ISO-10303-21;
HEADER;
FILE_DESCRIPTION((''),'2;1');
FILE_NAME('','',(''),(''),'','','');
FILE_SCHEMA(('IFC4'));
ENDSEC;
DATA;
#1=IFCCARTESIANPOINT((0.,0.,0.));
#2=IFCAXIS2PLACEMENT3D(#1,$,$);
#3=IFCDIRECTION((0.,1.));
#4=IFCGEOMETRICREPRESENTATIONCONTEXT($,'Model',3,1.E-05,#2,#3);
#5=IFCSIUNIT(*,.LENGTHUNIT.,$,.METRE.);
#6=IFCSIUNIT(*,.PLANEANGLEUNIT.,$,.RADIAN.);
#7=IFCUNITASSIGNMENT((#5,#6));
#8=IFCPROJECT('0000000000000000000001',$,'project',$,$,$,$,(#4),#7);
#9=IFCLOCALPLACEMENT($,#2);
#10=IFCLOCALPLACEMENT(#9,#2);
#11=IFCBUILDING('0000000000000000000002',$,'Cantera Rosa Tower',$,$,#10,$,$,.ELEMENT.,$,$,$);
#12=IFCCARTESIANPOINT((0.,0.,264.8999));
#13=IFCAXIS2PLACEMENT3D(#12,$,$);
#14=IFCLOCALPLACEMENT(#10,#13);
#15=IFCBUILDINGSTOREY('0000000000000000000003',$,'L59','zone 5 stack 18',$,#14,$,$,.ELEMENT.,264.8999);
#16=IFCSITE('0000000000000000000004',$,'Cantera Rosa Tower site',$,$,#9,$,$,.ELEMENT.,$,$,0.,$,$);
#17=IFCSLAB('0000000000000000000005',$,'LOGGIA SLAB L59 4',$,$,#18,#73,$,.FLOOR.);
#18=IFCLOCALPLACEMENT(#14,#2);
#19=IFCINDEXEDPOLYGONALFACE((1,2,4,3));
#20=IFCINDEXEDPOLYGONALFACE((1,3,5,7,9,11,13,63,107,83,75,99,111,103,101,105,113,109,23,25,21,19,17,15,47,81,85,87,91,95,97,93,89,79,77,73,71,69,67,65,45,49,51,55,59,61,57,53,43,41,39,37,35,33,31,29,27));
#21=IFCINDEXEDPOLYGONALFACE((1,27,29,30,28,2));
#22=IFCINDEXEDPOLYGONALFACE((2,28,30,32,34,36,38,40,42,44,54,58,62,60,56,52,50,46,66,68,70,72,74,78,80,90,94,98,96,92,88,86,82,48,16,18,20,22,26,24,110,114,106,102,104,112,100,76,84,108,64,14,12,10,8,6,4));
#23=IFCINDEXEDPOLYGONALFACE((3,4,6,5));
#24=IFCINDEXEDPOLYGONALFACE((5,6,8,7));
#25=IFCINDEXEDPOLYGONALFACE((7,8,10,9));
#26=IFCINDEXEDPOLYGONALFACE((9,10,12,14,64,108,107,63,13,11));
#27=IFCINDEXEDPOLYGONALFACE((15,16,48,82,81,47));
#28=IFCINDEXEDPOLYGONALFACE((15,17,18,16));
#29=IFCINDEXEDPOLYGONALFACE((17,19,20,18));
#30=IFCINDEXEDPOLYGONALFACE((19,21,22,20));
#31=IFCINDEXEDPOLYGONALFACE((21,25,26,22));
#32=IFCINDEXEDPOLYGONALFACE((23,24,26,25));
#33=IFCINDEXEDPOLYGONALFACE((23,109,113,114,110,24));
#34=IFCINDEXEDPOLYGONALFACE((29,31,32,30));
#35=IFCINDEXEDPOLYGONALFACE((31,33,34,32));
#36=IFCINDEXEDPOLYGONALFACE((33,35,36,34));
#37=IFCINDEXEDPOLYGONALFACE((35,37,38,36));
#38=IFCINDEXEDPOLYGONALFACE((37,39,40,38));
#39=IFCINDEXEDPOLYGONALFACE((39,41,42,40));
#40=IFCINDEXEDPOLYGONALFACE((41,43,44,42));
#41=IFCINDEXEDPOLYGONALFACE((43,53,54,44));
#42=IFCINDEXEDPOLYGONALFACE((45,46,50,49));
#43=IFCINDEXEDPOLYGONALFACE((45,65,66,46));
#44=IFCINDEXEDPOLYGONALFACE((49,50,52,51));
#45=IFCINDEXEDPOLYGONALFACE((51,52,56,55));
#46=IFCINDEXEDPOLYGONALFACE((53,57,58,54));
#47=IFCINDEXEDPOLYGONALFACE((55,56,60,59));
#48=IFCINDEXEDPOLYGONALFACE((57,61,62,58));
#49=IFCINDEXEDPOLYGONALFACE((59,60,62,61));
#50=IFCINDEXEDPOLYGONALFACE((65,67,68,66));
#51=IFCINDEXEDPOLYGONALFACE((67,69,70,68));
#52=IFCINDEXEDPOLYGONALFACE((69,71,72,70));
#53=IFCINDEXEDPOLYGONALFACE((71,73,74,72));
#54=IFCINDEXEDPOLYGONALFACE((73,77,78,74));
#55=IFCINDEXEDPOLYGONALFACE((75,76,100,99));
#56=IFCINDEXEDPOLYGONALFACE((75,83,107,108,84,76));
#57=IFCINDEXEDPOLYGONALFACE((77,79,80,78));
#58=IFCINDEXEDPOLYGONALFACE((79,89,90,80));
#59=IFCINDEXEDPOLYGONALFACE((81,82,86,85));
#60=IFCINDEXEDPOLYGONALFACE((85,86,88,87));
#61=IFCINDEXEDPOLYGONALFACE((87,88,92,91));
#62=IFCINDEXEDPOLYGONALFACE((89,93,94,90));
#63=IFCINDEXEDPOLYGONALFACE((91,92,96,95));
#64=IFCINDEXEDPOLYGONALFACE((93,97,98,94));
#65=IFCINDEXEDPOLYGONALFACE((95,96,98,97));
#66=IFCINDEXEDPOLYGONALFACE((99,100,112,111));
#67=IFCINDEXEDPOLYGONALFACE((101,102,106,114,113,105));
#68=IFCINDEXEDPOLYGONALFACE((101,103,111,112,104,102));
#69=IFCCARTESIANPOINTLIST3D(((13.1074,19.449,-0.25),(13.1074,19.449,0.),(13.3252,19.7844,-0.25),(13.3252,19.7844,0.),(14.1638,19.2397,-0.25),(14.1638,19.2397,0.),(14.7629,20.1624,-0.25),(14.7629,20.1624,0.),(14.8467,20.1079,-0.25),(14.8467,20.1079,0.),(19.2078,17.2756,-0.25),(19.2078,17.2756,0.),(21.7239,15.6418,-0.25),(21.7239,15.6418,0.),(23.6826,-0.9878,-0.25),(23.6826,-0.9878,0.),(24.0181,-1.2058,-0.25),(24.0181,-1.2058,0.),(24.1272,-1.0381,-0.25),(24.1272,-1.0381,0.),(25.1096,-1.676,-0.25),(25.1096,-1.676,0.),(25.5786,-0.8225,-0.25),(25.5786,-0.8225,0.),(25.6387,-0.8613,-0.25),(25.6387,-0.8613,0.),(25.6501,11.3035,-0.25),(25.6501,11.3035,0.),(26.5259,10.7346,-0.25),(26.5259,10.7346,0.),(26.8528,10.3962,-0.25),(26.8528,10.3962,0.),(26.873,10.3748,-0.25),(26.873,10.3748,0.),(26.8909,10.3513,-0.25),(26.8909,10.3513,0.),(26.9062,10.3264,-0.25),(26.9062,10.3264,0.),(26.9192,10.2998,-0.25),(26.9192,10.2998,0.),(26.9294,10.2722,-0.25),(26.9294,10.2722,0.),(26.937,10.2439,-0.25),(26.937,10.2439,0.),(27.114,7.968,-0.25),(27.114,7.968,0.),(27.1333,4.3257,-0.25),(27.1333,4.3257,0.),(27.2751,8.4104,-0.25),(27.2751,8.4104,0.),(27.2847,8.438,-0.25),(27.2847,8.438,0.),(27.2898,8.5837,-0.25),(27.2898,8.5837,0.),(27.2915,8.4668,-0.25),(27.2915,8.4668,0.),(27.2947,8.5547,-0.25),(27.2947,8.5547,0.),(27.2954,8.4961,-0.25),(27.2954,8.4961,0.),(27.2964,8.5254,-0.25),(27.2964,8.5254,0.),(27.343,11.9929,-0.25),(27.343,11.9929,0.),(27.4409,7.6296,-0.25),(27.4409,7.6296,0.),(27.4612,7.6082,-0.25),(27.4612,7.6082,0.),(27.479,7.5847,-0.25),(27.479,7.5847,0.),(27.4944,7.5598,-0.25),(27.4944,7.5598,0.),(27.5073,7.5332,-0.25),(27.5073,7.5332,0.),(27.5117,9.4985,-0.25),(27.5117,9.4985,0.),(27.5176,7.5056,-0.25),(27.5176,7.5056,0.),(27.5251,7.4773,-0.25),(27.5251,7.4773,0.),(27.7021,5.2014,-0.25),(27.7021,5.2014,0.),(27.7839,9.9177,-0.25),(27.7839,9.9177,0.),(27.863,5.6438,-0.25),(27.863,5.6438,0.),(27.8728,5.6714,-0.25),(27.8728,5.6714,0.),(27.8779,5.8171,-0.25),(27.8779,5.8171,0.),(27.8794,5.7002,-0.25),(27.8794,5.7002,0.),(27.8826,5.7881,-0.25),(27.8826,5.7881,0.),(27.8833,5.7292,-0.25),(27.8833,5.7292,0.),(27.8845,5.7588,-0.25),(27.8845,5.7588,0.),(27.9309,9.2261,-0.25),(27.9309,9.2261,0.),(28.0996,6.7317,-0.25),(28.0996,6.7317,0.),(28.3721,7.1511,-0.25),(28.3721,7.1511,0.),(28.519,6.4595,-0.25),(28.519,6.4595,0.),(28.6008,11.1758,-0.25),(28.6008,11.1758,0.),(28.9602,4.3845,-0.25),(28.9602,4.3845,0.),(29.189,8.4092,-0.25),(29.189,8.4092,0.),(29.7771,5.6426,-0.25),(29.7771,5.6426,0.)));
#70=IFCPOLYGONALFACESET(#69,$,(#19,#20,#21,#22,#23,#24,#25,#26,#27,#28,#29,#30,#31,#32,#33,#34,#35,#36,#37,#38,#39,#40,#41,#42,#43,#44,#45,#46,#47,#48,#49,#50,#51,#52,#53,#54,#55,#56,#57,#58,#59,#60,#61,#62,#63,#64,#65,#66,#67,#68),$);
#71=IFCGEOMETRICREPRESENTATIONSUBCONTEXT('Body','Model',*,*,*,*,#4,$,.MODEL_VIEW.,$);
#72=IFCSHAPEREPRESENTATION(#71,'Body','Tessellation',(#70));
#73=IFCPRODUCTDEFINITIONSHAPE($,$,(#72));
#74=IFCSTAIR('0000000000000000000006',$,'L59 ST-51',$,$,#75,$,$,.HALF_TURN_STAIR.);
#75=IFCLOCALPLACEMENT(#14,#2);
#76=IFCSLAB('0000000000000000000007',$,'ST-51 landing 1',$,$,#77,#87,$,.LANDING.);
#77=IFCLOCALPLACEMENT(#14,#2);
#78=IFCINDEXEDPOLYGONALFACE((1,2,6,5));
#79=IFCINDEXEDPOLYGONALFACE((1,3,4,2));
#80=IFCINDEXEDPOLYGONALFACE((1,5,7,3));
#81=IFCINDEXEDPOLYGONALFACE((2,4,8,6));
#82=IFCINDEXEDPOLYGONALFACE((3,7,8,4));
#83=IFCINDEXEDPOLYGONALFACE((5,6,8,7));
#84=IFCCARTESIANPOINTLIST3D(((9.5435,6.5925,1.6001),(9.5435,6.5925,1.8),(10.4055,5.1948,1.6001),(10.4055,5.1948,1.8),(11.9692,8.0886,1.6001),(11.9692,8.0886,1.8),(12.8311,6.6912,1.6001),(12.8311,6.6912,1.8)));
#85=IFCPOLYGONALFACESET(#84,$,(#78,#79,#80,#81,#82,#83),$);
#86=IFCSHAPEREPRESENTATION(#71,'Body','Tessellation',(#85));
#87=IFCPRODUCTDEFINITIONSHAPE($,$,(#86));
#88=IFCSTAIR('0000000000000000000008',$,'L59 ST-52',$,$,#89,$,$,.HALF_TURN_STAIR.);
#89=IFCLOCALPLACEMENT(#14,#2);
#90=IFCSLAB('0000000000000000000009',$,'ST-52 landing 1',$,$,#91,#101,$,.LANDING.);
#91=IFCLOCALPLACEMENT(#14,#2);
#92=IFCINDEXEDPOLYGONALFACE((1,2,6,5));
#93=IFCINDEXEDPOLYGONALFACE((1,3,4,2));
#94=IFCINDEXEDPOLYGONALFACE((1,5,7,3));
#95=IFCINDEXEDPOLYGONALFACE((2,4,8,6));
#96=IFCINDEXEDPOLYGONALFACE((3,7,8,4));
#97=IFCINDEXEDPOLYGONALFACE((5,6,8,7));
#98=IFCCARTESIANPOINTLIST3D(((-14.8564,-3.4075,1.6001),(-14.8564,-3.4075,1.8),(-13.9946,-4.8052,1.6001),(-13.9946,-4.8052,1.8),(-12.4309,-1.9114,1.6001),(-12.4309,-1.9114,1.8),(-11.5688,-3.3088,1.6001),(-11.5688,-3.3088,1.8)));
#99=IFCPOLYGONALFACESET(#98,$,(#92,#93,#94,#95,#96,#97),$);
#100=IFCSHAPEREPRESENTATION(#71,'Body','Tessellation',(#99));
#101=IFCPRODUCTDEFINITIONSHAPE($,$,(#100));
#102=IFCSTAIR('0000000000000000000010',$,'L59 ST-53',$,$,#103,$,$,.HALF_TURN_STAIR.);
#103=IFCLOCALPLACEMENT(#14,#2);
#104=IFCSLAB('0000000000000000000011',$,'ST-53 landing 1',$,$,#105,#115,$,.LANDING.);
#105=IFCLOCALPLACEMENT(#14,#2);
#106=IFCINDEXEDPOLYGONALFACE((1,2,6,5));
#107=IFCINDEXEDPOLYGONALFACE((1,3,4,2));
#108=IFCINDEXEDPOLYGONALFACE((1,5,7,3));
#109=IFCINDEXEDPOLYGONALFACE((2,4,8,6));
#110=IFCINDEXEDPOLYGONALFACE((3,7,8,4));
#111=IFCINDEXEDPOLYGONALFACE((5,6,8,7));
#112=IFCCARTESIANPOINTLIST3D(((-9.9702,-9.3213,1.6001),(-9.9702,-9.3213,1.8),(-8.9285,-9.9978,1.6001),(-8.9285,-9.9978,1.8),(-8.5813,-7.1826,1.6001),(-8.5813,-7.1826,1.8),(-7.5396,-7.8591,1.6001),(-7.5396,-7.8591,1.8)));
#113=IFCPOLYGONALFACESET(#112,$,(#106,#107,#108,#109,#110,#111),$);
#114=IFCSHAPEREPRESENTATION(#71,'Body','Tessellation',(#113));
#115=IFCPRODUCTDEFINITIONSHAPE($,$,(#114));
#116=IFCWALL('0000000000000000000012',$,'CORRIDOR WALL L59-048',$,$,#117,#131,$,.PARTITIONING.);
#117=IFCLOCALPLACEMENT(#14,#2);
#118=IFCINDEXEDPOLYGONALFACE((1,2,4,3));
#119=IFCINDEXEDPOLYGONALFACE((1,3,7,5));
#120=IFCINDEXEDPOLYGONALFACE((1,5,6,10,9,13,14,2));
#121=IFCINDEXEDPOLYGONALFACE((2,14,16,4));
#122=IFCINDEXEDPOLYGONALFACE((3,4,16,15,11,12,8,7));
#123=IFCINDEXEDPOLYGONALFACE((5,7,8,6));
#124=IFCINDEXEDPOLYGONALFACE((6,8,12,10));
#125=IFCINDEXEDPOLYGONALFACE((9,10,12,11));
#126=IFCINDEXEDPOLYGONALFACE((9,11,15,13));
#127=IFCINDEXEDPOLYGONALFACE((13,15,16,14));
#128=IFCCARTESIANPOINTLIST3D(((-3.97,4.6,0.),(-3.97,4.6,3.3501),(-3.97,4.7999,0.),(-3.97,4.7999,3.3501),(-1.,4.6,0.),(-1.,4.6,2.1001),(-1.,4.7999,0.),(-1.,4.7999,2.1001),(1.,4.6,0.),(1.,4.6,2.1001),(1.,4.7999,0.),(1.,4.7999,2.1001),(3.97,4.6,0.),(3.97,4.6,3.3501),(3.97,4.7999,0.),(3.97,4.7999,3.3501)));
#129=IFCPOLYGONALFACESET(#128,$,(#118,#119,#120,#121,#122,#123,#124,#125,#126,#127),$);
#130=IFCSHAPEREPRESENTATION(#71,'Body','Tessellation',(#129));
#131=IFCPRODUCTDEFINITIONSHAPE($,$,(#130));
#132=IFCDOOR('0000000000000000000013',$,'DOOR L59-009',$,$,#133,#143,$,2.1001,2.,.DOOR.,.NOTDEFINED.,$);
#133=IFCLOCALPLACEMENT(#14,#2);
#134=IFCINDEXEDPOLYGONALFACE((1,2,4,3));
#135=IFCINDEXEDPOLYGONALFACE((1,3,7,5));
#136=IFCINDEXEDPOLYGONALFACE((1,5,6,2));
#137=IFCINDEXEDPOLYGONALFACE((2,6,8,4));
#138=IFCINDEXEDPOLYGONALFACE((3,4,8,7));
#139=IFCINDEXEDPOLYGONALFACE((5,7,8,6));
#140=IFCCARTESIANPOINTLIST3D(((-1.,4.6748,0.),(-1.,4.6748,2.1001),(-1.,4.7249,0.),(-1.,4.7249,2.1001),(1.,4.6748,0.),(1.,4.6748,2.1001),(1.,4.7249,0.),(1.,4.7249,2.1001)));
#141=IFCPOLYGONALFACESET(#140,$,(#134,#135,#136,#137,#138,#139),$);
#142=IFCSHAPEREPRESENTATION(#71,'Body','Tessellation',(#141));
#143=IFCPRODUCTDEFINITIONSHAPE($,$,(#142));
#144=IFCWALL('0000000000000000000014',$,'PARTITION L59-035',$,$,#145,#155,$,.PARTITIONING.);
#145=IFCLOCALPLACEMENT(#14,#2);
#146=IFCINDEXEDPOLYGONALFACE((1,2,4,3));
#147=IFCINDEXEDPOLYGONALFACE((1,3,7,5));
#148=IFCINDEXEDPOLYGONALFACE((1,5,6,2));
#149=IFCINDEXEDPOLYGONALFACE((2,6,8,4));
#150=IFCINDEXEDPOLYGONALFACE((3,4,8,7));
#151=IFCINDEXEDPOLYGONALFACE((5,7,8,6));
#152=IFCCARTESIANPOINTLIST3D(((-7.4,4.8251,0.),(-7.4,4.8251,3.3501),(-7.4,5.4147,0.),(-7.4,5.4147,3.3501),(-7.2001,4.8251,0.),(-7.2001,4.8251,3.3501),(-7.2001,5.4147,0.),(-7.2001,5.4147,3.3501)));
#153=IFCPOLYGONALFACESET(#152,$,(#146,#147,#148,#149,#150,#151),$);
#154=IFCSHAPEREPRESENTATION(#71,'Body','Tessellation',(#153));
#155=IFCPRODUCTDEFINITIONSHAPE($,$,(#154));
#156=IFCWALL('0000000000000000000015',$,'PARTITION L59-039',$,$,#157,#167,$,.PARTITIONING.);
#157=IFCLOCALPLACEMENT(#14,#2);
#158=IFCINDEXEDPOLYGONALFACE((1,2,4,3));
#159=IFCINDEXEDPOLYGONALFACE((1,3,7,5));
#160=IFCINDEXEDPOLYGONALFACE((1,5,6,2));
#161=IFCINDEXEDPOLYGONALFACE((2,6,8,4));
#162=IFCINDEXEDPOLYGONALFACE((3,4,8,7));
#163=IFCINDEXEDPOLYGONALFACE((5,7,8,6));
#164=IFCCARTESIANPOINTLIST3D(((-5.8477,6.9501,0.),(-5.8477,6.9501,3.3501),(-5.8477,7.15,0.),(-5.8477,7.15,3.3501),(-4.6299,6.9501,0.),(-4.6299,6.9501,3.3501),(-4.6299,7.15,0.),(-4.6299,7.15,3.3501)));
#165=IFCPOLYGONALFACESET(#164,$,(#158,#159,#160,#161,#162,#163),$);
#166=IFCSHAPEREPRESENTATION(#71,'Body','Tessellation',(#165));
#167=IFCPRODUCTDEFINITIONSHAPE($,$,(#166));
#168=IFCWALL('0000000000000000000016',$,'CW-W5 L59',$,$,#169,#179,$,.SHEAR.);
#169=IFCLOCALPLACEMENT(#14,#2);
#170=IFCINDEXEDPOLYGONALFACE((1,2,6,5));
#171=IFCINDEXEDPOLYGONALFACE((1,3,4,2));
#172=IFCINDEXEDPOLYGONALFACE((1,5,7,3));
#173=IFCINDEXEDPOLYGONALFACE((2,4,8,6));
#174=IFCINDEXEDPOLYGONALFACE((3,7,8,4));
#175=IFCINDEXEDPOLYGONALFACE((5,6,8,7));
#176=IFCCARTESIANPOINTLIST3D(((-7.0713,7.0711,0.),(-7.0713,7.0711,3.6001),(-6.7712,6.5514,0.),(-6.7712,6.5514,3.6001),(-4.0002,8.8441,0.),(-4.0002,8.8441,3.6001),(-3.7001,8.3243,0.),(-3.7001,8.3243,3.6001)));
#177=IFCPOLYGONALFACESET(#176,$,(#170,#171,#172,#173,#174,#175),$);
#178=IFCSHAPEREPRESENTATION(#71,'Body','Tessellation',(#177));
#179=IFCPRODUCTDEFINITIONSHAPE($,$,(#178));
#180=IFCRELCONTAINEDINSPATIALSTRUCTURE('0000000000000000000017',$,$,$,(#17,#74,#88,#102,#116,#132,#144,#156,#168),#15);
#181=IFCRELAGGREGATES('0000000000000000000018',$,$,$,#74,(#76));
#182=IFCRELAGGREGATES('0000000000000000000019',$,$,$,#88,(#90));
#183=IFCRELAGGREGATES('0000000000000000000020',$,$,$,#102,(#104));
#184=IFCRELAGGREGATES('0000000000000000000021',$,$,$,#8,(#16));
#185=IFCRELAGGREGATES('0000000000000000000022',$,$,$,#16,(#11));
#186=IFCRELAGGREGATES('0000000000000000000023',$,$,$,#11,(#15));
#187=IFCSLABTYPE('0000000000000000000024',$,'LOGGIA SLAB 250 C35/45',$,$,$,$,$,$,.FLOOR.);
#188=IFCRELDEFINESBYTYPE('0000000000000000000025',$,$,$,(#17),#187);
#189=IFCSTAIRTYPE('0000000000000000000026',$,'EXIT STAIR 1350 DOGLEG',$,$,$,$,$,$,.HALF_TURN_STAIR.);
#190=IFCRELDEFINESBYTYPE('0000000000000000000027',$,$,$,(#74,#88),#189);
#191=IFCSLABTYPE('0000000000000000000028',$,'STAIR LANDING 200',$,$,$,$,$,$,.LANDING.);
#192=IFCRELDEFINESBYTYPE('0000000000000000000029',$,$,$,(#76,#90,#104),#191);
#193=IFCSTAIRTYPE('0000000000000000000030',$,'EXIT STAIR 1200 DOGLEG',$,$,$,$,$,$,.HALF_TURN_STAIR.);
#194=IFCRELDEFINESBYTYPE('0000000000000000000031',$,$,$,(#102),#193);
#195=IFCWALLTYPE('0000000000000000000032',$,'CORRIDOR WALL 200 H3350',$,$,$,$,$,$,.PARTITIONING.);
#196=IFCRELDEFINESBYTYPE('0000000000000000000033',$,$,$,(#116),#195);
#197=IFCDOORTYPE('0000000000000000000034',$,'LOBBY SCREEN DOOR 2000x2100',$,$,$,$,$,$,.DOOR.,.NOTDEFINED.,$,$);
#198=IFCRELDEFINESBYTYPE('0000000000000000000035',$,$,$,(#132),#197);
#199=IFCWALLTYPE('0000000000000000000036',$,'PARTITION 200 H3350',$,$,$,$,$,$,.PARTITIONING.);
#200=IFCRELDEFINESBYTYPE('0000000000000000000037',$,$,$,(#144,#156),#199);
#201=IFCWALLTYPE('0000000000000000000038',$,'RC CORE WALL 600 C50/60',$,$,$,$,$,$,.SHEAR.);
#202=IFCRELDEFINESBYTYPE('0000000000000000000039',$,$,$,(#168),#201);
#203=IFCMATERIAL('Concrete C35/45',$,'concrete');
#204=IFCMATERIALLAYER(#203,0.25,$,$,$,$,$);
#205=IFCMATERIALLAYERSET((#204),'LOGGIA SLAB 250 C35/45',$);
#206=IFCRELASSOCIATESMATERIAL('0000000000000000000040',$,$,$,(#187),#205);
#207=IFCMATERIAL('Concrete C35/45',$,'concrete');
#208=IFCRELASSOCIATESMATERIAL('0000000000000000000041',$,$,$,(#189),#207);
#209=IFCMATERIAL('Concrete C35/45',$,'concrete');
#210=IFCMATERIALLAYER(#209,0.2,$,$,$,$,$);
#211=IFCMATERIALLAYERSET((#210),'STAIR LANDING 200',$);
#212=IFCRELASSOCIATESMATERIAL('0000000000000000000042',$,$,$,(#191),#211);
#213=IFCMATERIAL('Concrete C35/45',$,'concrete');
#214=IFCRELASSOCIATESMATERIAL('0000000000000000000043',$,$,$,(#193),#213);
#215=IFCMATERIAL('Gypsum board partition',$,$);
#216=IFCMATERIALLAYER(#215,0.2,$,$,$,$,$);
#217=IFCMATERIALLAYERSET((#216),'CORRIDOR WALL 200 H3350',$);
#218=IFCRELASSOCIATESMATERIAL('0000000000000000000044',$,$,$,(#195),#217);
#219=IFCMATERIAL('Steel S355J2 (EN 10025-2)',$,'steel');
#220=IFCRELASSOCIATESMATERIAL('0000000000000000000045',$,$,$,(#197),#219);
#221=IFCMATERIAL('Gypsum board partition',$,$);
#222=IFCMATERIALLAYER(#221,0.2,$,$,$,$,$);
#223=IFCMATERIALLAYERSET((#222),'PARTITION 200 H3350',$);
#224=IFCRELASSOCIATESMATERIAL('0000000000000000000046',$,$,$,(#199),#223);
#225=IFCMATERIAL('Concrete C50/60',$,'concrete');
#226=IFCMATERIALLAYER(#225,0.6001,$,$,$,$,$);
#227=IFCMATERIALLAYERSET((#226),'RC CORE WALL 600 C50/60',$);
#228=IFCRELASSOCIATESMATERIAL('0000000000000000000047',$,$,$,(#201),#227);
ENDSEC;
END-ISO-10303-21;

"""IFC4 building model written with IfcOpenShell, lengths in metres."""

from ifc_helpers import new_model, si_unit, direction, frame, frame_2d, origin, place, context, subcontext, project, spatial, polyline, rectangle, outline, extrude, material, layer, layer_set, type_object, element, fill, aggregate, save


model = new_model("IFC4")

# Units and contexts
model_context = context("Model", 3, precision=1e-05, world=origin(), true_north=direction((0.0, 1.0)))
body_context = subcontext(model_context, "Body", "Model", "MODEL_VIEW")
ifc_project = project(units=[si_unit("LENGTHUNIT", "METRE"), si_unit("PLANEANGLEUNIT", "RADIAN")], contexts=[model_context])

# Site, building, storey
site_placement = place(None, origin())
site = spatial("IfcSite", under=ifc_project, at=site_placement, Name="Cantera Rosa Tower site", CompositionType="ELEMENT", RefElevation=0.0)
building_placement = place(site_placement, origin())
building = spatial("IfcBuilding", under=site, at=building_placement, Name="Cantera Rosa Tower", CompositionType="ELEMENT")
storey_placement = place(building_placement, frame((0.0, 0.0, 264.8999)))
storey = spatial("IfcBuildingStorey", under=building, at=storey_placement, Name="L59", Description="zone 5 stack 18", CompositionType="ELEMENT", Elevation=264.8999)

# Slab
ifc_material_1 = material(Name="Concrete C35/45", Category="concrete")
ifc_layer_1 = layer(ifc_material_1, 0.25)
ifc_layer_set_1 = layer_set([ifc_layer_1], Name="LOGGIA SLAB 250 C35/45")
slab_type_1 = type_object("IfcSlabType", Name="LOGGIA SLAB 250 C35/45", PredefinedType="FLOOR", material=ifc_layer_set_1)
slab_1_placement = place(storey_placement, frame((0.0, 0.0, -0.25)))
element("IfcSlab", 1, at=slab_1_placement, inside=storey, type_object=slab_type_1, Name="LOGGIA SLAB L59 4", PredefinedType="FLOOR", context=body_context, shape_type="SweptSolid", body=[
    extrude(outline(polyline([(21.7239, 15.6418), (27.343, 11.9929), (28.6008, 11.1758), (27.7839, 9.9177), (27.5117, 9.4985), (27.9309, 9.2261), (29.189, 8.4092), (28.3721, 7.1511), (28.0996, 6.7317), (28.519, 6.4595), (29.7771, 5.6426), (28.9602, 4.3845), (25.5786, -0.8225), (25.6387, -0.8613), (25.1096, -1.676), (24.1272, -1.0381), (24.0181, -1.2058), (23.6826, -0.9878), (27.1333, 4.3257), (27.7021, 5.2014), (27.863, 5.6438), (27.8728, 5.6714), (27.8794, 5.7002), (27.8833, 5.7292), (27.8845, 5.7588), (27.8826, 5.7881), (27.8779, 5.8171), (27.5251, 7.4773), (27.5176, 7.5056), (27.5073, 7.5332), (27.4944, 7.5598), (27.479, 7.5847), (27.4612, 7.6082), (27.4409, 7.6296), (27.114, 7.968), (27.2751, 8.4104), (27.2847, 8.438), (27.2915, 8.4668), (27.2954, 8.4961), (27.2964, 8.5254), (27.2947, 8.5547), (27.2898, 8.5837), (26.937, 10.2439), (26.9294, 10.2722), (26.9192, 10.2998), (26.9062, 10.3264), (26.8909, 10.3513), (26.873, 10.3748), (26.8528, 10.3962), (26.5259, 10.7346), (25.6501, 11.3035), (13.1074, 19.449), (13.3252, 19.7844), (14.1638, 19.2397), (14.7629, 20.1624), (14.8467, 20.1079), (19.2078, 17.2756), (21.7239, 15.6418)])), origin(), (0.0, 0.0, 1.0), 0.25),
])

# Stairs, slabs
ifc_material_2 = material(Name="Concrete C35/45", Category="concrete")
stair_type_1 = type_object("IfcStairType", Name="EXIT STAIR 1350 DOGLEG", PredefinedType="HALF_TURN_STAIR", material=ifc_material_2)
stair_1_placement = place(storey_placement, origin())
stair_1 = element("IfcStair", 2, at=stair_1_placement, inside=storey, type_object=stair_type_1, Name="L59 ST-51", PredefinedType="HALF_TURN_STAIR")
ifc_material_3 = material(Name="Concrete C35/45", Category="concrete")
ifc_layer_2 = layer(ifc_material_3, 0.2)
ifc_layer_set_2 = layer_set([ifc_layer_2], Name="STAIR LANDING 200")
slab_type_2 = type_object("IfcSlabType", Name="STAIR LANDING 200", PredefinedType="LANDING", material=ifc_layer_set_2)
slab_2_placement = place(storey_placement, frame((0.0, 0.0, 1.6001)))
slab_2 = element("IfcSlab", 3, at=slab_2_placement, type_object=slab_type_2, Name="ST-51 landing 1", PredefinedType="LANDING", context=body_context, shape_type="SweptSolid", body=[
    extrude(outline(polyline([(12.8311, 6.6912), (11.9692, 8.0886), (9.5435, 6.5925), (10.4055, 5.1948), (12.8311, 6.6912)])), origin(), (0.0, 0.0, 1.0), 0.2),
])
aggregate(stair_1, [slab_2])
stair_2_placement = place(storey_placement, origin())
stair_2 = element("IfcStair", 4, at=stair_2_placement, inside=storey, type_object=stair_type_1, Name="L59 ST-52", PredefinedType="HALF_TURN_STAIR")
slab_3_placement = place(storey_placement, frame((0.0, 0.0, 1.6001)))
slab_3 = element("IfcSlab", 5, at=slab_3_placement, type_object=slab_type_2, Name="ST-52 landing 1", PredefinedType="LANDING", context=body_context, shape_type="SweptSolid", body=[
    extrude(outline(polyline([(-11.5688, -3.3088), (-12.4309, -1.9114), (-14.8564, -3.4075), (-13.9946, -4.8052), (-11.5688, -3.3088)])), origin(), (0.0, 0.0, 1.0), 0.2),
])
aggregate(stair_2, [slab_3])
ifc_material_4 = material(Name="Concrete C35/45", Category="concrete")
stair_type_2 = type_object("IfcStairType", Name="EXIT STAIR 1200 DOGLEG", PredefinedType="HALF_TURN_STAIR", material=ifc_material_4)
stair_3_placement = place(storey_placement, origin())
stair_3 = element("IfcStair", 6, at=stair_3_placement, inside=storey, type_object=stair_type_2, Name="L59 ST-53", PredefinedType="HALF_TURN_STAIR")
slab_4_placement = place(storey_placement, frame((0.0, 0.0, 1.6001)))
slab_4 = element("IfcSlab", 7, at=slab_4_placement, type_object=slab_type_2, Name="ST-53 landing 1", PredefinedType="LANDING", context=body_context, shape_type="SweptSolid", body=[
    extrude(outline(polyline([(-7.5396, -7.8591), (-8.5813, -7.1826), (-9.9702, -9.3213), (-8.9285, -9.9978), (-7.5396, -7.8591)])), origin(), (0.0, 0.0, 1.0), 0.2),
])
aggregate(stair_3, [slab_4])

# Wall, opening, door
ifc_material_5 = material(Name="Gypsum board partition")
ifc_layer_3 = layer(ifc_material_5, 0.2)
ifc_layer_set_3 = layer_set([ifc_layer_3], Name="CORRIDOR WALL 200 H3350")
wall_type_1 = type_object("IfcWallType", Name="CORRIDOR WALL 200 H3350", PredefinedType="PARTITIONING", material=ifc_layer_set_3)
wall_1_placement = place(storey_placement, frame((-3.97, 4.7, 0.0), z_axis=(0.0, 0.0, 1.0), x_axis=(1.0, 0.0, 0.0)))
wall_1 = element("IfcWall", 8, at=wall_1_placement, inside=storey, type_object=wall_type_1, Name="CORRIDOR WALL L59-048", PredefinedType="PARTITIONING", context=body_context, shape_type="SweptSolid", body=[
    extrude(rectangle(XDim=7.9399, YDim=0.2, at=frame_2d((3.97, 0.0))), origin(), (0.0, 0.0, 1.0), 3.3501),
])
opening_placement = place(wall_1_placement, frame((2.97, 0.0, 0.0)))
opening = element("IfcOpeningElement", 9, at=opening_placement, cuts=wall_1, PredefinedType="OPENING", context=body_context, shape_type="SweptSolid", body=[
    extrude(rectangle(XDim=2.0, YDim=2.1001, at=frame_2d((1.0, 1.05))), frame((0.0, 0.1099, 0.0), z_axis=(0.0, -1.0, 0.0), x_axis=(1.0, 0.0, 0.0)), (0.0, 0.0, 1.0), 0.22),
])
ifc_material_6 = material(Name="Steel S355J2 (EN 10025-2)", Category="steel")
door_type = type_object("IfcDoorType", Name="LOBBY SCREEN DOOR 2000x2100", OperationType="NOTDEFINED", PredefinedType="DOOR", material=ifc_material_6)
door_placement = place(opening_placement, origin())
door = element("IfcDoor", 10, at=door_placement, inside=storey, type_object=door_type, Name="DOOR L59-009", OperationType="NOTDEFINED", OverallHeight=2.1001, OverallWidth=2.0, PredefinedType="DOOR", context=body_context, shape_type="SweptSolid", body=[
    extrude(rectangle(XDim=2.0, YDim=2.1001, at=frame_2d((1.0, 1.05))), frame((0.0, 0.0249, 0.0), z_axis=(0.0, -1.0, 0.0), x_axis=(1.0, 0.0, 0.0)), (0.0, 0.0, 1.0), 0.05),
])
fill(opening, door)

# Walls
ifc_material_7 = material(Name="Gypsum board partition")
ifc_layer_4 = layer(ifc_material_7, 0.2)
ifc_layer_set_4 = layer_set([ifc_layer_4], Name="PARTITION 200 H3350")
wall_type_2 = type_object("IfcWallType", Name="PARTITION 200 H3350", PredefinedType="PARTITIONING", material=ifc_layer_set_4)
wall_2_placement = place(storey_placement, frame((-7.3, 4.825, 0.0), z_axis=(0.0, 0.0, 1.0), x_axis=(0.0, 1.0, 0.0)))
element("IfcWall", 11, at=wall_2_placement, inside=storey, type_object=wall_type_2, Name="PARTITION L59-035", PredefinedType="PARTITIONING", context=body_context, shape_type="SweptSolid", body=[
    extrude(rectangle(XDim=0.5896, YDim=0.2, at=frame_2d((0.2949, 0.0))), origin(), (0.0, 0.0, 1.0), 3.3501),
])
wall_3_placement = place(storey_placement, frame((-5.8477, 7.05, 0.0), z_axis=(0.0, 0.0, 1.0), x_axis=(1.0, 0.0, 0.0)))
element("IfcWall", 12, at=wall_3_placement, inside=storey, type_object=wall_type_2, Name="PARTITION L59-039", PredefinedType="PARTITIONING", context=body_context, shape_type="SweptSolid", body=[
    extrude(rectangle(XDim=1.2178, YDim=0.2, at=frame_2d((0.6089, 0.0))), origin(), (0.0, 0.0, 1.0), 3.3501),
])
ifc_material_8 = material(Name="Concrete C50/60", Category="concrete")
ifc_layer_5 = layer(ifc_material_8, 0.6001)
ifc_layer_set_5 = layer_set([ifc_layer_5], Name="RC CORE WALL 600 C50/60")
wall_type_3 = type_object("IfcWallType", Name="RC CORE WALL 600 C50/60", PredefinedType="SHEAR", material=ifc_layer_set_5)
wall_4_placement = place(storey_placement, frame((-6.9211, 6.8113, 0.0), z_axis=(0.0, 0.0, 1.0), x_axis=(0.86604, 0.499975, 0.0)))
element("IfcWall", 13, at=wall_4_placement, inside=storey, type_object=wall_type_3, Name="CW-W5 L59", PredefinedType="SHEAR", context=body_context, shape_type="SweptSolid", body=[
    extrude(rectangle(XDim=3.5461, YDim=0.6001, at=frame_2d((1.7729, 0.0))), origin(), (0.0, 0.0, 1.0), 3.6001),
])

save(model, "model.ifc")
